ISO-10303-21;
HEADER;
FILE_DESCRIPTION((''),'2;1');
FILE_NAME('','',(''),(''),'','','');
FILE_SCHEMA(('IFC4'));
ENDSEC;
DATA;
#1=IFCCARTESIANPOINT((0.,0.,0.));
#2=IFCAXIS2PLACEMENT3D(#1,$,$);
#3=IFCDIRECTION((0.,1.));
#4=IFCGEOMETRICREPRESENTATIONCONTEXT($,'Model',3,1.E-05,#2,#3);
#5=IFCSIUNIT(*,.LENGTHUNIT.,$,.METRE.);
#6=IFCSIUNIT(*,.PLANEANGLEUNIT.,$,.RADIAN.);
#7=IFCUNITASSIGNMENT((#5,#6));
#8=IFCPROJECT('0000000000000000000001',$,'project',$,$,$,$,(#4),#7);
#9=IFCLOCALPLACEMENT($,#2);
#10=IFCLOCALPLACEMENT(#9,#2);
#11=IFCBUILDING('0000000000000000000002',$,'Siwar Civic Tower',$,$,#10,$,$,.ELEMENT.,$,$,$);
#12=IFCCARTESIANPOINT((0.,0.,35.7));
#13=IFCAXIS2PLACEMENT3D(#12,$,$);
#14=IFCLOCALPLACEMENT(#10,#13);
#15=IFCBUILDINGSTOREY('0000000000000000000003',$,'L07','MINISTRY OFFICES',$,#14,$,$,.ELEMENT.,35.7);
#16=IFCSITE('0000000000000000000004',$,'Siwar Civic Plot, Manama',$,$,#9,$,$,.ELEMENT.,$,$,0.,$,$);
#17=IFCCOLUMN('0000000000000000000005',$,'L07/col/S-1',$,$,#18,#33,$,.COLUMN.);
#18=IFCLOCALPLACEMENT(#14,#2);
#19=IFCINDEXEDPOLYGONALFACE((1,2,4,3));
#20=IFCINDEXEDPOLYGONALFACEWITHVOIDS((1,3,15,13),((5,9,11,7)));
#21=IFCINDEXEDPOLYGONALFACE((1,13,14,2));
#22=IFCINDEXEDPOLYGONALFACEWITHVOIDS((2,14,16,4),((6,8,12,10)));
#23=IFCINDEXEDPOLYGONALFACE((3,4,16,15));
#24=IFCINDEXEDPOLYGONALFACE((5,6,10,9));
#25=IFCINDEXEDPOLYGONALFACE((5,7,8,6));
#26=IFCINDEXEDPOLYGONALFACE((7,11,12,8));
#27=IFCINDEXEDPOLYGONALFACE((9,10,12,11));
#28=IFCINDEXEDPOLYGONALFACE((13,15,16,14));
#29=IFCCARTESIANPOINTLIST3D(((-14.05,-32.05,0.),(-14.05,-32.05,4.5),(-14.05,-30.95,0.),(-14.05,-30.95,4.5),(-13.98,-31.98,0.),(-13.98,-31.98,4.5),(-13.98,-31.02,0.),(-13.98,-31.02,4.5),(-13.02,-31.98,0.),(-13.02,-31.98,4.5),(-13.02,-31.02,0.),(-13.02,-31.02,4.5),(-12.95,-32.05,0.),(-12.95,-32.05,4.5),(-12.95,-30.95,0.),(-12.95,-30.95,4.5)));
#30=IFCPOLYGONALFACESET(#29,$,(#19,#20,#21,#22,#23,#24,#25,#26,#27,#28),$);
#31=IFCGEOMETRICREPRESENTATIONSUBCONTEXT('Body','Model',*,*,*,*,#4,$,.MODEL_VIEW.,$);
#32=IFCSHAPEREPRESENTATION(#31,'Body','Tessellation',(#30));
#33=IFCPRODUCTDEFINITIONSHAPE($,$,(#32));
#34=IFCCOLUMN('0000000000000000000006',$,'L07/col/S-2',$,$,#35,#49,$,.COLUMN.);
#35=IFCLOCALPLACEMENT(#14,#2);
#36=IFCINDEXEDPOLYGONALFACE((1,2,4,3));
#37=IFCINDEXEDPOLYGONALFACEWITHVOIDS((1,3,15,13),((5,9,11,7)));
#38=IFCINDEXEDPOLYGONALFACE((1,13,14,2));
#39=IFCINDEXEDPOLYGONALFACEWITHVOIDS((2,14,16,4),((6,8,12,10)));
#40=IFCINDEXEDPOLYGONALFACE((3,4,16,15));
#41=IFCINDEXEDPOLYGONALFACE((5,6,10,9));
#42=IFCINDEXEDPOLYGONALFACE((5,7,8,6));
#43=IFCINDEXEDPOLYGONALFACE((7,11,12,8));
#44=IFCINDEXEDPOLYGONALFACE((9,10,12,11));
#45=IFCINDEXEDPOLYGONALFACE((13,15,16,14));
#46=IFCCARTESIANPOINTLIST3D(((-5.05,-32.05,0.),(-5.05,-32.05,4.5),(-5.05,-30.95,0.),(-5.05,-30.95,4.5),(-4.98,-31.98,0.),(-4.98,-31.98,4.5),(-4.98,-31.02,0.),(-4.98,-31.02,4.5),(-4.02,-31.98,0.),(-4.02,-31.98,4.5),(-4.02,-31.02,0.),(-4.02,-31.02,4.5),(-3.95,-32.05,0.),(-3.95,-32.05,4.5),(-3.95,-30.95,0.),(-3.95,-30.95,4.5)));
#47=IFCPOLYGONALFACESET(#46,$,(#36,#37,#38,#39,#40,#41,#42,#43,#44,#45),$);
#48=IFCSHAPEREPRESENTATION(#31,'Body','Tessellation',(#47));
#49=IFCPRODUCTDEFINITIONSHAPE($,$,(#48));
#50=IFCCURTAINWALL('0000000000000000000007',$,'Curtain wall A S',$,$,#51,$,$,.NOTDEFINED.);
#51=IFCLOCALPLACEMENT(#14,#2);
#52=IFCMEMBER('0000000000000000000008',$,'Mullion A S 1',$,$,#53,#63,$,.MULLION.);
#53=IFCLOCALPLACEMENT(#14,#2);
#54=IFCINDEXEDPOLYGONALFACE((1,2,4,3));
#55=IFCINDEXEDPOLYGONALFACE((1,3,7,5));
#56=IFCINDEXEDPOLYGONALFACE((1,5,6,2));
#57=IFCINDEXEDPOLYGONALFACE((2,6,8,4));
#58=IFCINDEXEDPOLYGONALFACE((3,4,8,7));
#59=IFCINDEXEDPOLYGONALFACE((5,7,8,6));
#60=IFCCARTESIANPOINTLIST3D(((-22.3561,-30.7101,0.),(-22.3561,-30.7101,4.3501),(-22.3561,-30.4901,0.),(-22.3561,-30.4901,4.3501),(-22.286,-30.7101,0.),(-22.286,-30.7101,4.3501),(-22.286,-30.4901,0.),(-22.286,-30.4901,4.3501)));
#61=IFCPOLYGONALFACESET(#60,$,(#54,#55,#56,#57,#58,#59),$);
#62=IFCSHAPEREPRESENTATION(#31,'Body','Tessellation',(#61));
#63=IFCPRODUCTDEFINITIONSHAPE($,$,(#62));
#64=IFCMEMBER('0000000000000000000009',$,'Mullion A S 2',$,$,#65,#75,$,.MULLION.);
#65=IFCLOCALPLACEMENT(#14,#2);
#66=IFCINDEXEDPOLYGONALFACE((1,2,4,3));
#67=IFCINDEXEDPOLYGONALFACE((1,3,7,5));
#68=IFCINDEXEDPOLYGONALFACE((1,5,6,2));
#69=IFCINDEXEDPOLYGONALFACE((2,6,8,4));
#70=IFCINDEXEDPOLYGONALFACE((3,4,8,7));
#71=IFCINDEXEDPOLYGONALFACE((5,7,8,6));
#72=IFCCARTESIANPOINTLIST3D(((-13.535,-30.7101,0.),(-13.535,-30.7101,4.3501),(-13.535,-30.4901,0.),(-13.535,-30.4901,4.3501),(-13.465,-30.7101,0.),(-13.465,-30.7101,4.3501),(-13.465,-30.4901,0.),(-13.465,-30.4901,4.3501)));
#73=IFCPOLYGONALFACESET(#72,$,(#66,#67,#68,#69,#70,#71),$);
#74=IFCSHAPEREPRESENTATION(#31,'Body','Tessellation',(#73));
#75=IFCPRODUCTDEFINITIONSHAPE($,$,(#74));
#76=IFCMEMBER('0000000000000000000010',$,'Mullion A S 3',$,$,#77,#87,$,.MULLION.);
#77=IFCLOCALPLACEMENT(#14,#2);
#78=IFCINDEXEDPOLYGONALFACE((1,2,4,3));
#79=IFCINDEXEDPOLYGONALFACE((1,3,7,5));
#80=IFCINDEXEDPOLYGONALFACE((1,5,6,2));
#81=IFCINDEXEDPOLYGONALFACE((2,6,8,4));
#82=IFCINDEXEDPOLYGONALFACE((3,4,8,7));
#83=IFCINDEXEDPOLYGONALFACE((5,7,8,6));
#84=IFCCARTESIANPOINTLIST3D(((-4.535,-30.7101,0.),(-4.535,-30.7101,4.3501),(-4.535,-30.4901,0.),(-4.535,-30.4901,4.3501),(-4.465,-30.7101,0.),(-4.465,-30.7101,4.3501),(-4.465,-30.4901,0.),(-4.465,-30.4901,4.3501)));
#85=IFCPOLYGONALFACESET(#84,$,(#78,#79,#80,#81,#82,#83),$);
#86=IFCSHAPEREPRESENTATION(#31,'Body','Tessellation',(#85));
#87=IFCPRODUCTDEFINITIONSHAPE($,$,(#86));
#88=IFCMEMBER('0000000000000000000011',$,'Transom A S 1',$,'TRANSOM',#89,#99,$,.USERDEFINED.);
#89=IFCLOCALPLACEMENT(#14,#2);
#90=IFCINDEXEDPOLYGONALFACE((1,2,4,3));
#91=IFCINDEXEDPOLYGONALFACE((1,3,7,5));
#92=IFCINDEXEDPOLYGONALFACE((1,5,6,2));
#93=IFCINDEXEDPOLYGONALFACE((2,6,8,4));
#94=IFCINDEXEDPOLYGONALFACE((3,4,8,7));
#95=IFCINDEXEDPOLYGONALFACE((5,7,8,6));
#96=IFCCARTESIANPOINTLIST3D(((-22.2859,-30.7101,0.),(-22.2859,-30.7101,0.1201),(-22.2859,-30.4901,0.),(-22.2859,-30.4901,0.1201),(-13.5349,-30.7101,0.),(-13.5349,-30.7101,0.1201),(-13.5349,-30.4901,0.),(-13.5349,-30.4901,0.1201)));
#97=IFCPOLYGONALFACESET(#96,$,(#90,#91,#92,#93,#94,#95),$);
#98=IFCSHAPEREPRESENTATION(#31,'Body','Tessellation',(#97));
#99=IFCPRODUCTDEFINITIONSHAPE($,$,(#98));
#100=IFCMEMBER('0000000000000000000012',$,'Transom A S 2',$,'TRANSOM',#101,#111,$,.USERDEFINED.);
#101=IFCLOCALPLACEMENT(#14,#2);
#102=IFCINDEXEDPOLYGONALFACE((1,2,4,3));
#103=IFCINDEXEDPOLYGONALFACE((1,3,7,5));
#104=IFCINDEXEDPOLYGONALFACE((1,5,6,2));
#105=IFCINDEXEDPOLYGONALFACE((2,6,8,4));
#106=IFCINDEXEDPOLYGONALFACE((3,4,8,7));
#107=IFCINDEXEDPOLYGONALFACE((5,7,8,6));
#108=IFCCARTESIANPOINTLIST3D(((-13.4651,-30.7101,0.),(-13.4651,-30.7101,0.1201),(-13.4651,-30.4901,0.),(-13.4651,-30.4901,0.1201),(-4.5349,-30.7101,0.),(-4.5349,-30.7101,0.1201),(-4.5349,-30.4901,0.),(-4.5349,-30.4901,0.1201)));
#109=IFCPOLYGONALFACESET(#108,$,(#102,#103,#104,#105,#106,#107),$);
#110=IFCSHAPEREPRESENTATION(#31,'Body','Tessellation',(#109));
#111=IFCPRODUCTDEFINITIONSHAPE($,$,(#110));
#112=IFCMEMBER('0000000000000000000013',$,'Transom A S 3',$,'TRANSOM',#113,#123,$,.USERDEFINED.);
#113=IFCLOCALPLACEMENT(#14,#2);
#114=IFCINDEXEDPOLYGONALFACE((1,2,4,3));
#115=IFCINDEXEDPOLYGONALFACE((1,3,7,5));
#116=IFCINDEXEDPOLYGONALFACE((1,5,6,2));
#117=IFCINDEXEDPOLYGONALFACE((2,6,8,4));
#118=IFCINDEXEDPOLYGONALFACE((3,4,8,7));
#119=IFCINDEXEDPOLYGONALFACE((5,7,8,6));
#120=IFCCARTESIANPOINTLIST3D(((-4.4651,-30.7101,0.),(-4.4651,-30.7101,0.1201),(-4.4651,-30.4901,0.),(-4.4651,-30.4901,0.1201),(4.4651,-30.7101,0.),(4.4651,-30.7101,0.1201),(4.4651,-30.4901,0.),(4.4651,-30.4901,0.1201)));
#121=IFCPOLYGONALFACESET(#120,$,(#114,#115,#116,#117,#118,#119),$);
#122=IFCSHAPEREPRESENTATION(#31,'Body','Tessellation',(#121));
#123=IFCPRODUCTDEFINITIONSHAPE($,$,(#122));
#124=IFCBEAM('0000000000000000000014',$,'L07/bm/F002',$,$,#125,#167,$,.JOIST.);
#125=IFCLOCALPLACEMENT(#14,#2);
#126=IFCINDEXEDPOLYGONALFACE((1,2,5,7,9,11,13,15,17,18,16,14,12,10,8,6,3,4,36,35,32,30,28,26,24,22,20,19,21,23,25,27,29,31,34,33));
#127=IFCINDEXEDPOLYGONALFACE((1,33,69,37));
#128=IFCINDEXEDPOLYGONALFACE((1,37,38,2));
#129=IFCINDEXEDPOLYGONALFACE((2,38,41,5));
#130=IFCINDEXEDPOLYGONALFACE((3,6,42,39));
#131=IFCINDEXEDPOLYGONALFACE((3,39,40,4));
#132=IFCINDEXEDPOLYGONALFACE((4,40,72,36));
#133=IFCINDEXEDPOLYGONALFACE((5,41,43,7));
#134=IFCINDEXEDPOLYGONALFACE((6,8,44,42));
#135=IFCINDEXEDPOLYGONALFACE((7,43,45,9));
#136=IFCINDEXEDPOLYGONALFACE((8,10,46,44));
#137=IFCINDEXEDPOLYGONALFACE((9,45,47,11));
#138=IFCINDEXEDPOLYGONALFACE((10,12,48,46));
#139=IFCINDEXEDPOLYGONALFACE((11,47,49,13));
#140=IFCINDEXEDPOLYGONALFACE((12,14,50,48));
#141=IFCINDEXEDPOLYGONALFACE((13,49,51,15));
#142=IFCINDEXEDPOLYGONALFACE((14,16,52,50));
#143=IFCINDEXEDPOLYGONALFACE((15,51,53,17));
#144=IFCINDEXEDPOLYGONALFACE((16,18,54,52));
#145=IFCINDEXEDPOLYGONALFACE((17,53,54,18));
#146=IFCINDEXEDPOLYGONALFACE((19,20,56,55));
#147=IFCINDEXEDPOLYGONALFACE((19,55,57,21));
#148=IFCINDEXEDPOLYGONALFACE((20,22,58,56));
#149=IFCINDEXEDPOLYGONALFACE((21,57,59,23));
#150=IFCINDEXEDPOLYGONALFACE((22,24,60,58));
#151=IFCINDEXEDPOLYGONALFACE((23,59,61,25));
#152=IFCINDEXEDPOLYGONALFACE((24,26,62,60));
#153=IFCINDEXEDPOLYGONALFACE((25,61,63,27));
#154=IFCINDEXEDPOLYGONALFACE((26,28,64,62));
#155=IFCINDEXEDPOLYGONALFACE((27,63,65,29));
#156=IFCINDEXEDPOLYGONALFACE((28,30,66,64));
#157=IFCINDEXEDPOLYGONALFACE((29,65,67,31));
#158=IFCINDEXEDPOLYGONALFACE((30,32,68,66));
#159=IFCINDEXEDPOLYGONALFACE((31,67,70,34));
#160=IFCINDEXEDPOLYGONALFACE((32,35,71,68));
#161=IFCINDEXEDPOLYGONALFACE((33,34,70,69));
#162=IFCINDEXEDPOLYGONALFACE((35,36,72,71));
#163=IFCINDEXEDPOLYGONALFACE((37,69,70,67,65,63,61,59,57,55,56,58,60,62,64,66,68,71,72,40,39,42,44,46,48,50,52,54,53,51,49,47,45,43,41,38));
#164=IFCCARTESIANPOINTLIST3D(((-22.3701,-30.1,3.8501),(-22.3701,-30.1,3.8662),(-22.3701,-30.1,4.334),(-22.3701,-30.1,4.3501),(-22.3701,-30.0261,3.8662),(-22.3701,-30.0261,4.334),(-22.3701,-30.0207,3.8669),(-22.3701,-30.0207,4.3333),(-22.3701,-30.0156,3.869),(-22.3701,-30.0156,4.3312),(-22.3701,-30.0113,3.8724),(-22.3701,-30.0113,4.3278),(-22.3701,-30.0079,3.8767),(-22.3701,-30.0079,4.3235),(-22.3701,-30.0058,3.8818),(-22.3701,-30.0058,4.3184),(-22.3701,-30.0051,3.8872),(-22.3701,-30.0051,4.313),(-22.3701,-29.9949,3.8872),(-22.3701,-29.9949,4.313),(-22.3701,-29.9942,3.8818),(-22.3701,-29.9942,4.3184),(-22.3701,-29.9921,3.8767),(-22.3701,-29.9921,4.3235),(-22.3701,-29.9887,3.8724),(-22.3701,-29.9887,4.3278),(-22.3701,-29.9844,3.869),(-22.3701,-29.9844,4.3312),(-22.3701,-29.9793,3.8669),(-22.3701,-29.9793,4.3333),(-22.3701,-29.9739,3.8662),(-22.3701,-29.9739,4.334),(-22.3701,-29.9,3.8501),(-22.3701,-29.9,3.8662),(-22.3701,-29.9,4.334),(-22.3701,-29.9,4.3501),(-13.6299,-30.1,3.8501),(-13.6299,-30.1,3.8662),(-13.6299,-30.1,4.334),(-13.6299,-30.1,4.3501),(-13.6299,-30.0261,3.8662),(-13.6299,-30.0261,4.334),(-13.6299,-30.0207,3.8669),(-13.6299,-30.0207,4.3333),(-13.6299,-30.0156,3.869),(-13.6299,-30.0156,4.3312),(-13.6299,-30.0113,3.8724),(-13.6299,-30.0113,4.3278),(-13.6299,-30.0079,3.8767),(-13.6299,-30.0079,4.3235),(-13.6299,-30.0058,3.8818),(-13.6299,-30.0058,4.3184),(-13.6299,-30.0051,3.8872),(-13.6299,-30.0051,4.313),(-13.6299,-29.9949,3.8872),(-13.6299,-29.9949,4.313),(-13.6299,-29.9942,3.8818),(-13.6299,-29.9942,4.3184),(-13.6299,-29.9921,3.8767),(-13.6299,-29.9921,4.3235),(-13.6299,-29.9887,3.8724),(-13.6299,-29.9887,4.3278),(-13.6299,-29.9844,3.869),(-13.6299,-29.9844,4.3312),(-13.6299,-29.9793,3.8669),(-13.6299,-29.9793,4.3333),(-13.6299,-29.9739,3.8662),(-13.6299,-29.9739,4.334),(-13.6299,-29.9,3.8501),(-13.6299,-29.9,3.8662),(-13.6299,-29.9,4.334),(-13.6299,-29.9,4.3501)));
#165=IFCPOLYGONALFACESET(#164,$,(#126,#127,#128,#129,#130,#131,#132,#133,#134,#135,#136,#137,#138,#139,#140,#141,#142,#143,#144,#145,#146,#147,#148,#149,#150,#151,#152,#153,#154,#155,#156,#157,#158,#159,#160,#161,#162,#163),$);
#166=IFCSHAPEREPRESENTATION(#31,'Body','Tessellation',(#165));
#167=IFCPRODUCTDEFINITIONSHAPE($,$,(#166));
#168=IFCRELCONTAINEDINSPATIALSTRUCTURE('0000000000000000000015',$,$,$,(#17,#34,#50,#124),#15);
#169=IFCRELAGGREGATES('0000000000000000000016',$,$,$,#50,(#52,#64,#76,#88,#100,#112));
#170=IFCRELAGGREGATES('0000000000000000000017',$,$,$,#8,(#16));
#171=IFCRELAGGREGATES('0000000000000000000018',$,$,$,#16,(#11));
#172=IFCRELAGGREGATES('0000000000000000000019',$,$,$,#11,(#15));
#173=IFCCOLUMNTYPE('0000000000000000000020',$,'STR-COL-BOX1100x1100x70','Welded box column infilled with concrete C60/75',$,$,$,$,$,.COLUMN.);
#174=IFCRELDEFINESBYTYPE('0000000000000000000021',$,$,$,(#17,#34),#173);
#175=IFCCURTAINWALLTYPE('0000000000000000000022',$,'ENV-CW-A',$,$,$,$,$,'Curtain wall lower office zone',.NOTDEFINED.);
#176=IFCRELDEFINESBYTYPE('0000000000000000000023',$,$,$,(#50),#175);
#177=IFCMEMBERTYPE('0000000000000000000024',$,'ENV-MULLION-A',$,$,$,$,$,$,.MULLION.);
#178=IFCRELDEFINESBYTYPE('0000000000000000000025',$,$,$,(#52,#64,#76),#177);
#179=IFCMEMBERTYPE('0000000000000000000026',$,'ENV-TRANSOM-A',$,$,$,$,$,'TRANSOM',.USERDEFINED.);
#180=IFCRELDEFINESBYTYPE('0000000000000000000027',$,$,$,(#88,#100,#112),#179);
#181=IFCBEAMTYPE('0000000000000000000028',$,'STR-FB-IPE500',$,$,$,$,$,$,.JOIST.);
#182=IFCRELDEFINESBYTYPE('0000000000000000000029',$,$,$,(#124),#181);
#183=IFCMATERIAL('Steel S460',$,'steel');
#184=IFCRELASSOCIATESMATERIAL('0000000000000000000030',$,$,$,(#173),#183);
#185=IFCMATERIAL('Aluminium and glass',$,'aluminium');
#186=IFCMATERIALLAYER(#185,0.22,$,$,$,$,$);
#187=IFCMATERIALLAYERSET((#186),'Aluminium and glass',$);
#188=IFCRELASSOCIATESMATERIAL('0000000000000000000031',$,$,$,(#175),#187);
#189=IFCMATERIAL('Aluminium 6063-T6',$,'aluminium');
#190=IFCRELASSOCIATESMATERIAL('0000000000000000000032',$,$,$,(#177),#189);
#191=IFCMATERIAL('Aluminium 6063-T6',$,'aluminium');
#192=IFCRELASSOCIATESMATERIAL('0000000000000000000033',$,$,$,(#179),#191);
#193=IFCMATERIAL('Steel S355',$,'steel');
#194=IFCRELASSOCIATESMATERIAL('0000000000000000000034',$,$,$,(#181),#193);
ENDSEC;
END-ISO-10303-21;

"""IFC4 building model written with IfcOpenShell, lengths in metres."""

from ifc_helpers import new_model, si_unit, direction, frame, origin, origin_2d, place, context, subcontext, project, spatial, rectangle, hollow_rectangle, i_section, extrude, material, layer, layer_set, material_profile, profile_set, type_object, element, aggregate, save


model = new_model("IFC4")

# Units and contexts
model_context = context("Model", 3, precision=1e-05, world=origin(), true_north=direction((0.0, 1.0)))
body_context = subcontext(model_context, "Body", "Model", "MODEL_VIEW")
ifc_project = project(units=[si_unit("LENGTHUNIT", "METRE"), si_unit("PLANEANGLEUNIT", "RADIAN")], contexts=[model_context])

# Site, building, storey
site_placement = place(None, origin())
site = spatial("IfcSite", under=ifc_project, at=site_placement, Name="Siwar Civic Plot, Manama", CompositionType="ELEMENT", RefElevation=0.0)
building_placement = place(site_placement, origin())
building = spatial("IfcBuilding", under=site, at=building_placement, Name="Siwar Civic Tower", CompositionType="ELEMENT")
storey_placement = place(building_placement, frame((0.0, 0.0, 35.7)))
storey = spatial("IfcBuildingStorey", under=building, at=storey_placement, Name="L07", Description="MINISTRY OFFICES", CompositionType="ELEMENT", Elevation=35.7)

# Columns
ifc_material_1 = material(Name="Steel S460", Category="steel")
ifc_material_profile_1 = material_profile(ifc_material_1, hollow_rectangle(XDim=1.1001, YDim=1.1001, WallThickness=0.0701, at=origin_2d()), Name="BOX1100x1100x70")
ifc_profile_set_1 = profile_set([ifc_material_profile_1], Name="Steel S460")
column_type = type_object("IfcColumnType", Name="STR-COL-BOX1100x1100x70", Description="Welded box column infilled with concrete C60/75", PredefinedType="COLUMN", material=ifc_profile_set_1)
for number, where, z_axis, x_axis, name in (
    (1, (-13.5, -31.5, 0.0), (0.0, 0.0, 1.0), (1.0, 0.0, 0.0), "L07/col/S-1"),
    (2, (-4.5, -31.5, 0.0), (0.0, 0.0, 1.0), (1.0, 0.0, 0.0), "L07/col/S-2"),
):
    element("IfcColumn", number, at=place(storey_placement, frame(where, z_axis=z_axis, x_axis=x_axis)), inside=storey, type_object=column_type, Name=name, PredefinedType="COLUMN", context=body_context, shape_type="SweptSolid", body=[
        extrude(hollow_rectangle(XDim=1.1001, YDim=1.1001, WallThickness=0.0701, at=origin_2d()), origin(), (0.0, 0.0, 1.0), 4.5),
    ])

# Curtain wall, members
ifc_material_2 = material(Name="Aluminium and glass", Category="aluminium")
ifc_layer_1 = layer(ifc_material_2, 0.22)
ifc_layer_set_1 = layer_set([ifc_layer_1], Name="Aluminium and glass")
curtain_wall_type = type_object("IfcCurtainWallType", Name="ENV-CW-A", ElementType="Curtain wall lower office zone", PredefinedType="NOTDEFINED", material=ifc_layer_set_1)
curtain_wall_placement = place(storey_placement, origin())
curtain_wall = element("IfcCurtainWall", 3, at=curtain_wall_placement, inside=storey, type_object=curtain_wall_type, Name="Curtain wall A S", PredefinedType="NOTDEFINED")
ifc_material_3 = material(Name="Aluminium 6063-T6", Category="aluminium")
ifc_material_profile_2 = material_profile(ifc_material_3, rectangle(XDim=0.22, YDim=0.0701, at=origin_2d()), Name="AL 220x70")
ifc_profile_set_2 = profile_set([ifc_material_profile_2], Name="Aluminium 6063-T6")
member_type_1 = type_object("IfcMemberType", Name="ENV-MULLION-A", PredefinedType="MULLION", material=ifc_profile_set_2)
member_1_placement = place(storey_placement, frame((-22.321, -30.6001, 0.0), z_axis=(0.0, 0.0, 1.0), x_axis=(0.0, 1.0, 0.0)))
member_1 = element("IfcMember", 4, at=member_1_placement, type_object=member_type_1, Name="Mullion A S 1", PredefinedType="MULLION", context=body_context, shape_type="SweptSolid", body=[
    extrude(rectangle(XDim=0.22, YDim=0.0701, at=origin_2d()), origin(), (0.0, 0.0, 1.0), 4.3501),
])
member_2_placement = place(storey_placement, frame((-13.5, -30.6001, 0.0), z_axis=(0.0, 0.0, 1.0), x_axis=(0.0, 1.0, 0.0)))
member_2 = element("IfcMember", 5, at=member_2_placement, type_object=member_type_1, Name="Mullion A S 2", PredefinedType="MULLION", context=body_context, shape_type="SweptSolid", body=[
    extrude(rectangle(XDim=0.22, YDim=0.0701, at=origin_2d()), origin(), (0.0, 0.0, 1.0), 4.3501),
])
member_3_placement = place(storey_placement, frame((-4.5, -30.6001, 0.0), z_axis=(0.0, 0.0, 1.0), x_axis=(0.0, 1.0, 0.0)))
member_3 = element("IfcMember", 6, at=member_3_placement, type_object=member_type_1, Name="Mullion A S 3", PredefinedType="MULLION", context=body_context, shape_type="SweptSolid", body=[
    extrude(rectangle(XDim=0.22, YDim=0.0701, at=origin_2d()), origin(), (0.0, 0.0, 1.0), 4.3501),
])
ifc_material_4 = material(Name="Aluminium 6063-T6", Category="aluminium")
ifc_material_profile_3 = material_profile(ifc_material_4, rectangle(XDim=0.22, YDim=0.1201, at=origin_2d()), Name="AL 220x120")
ifc_profile_set_3 = profile_set([ifc_material_profile_3], Name="Aluminium 6063-T6")
member_type_2 = type_object("IfcMemberType", Name="ENV-TRANSOM-A", ElementType="TRANSOM", PredefinedType="USERDEFINED", material=ifc_profile_set_3)
member_4_placement = place(storey_placement, frame((-22.2859, -30.6001, 0.0601), z_axis=(1.0, 0.0, 0.0), x_axis=(0.0, 1.0, 0.0)))
member_4 = element("IfcMember", 7, at=member_4_placement, type_object=member_type_2, Name="Transom A S 1", ObjectType="TRANSOM", PredefinedType="USERDEFINED", context=body_context, shape_type="SweptSolid", body=[
    extrude(rectangle(XDim=0.22, YDim=0.1201, at=origin_2d()), origin(), (0.0, 0.0, 1.0), 8.751),
])
member_5_placement = place(storey_placement, frame((-13.4651, -30.6001, 0.0601), z_axis=(1.0, 0.0, 0.0), x_axis=(0.0, 1.0, 0.0)))
member_5 = element("IfcMember", 8, at=member_5_placement, type_object=member_type_2, Name="Transom A S 2", ObjectType="TRANSOM", PredefinedType="USERDEFINED", context=body_context, shape_type="SweptSolid", body=[
    extrude(rectangle(XDim=0.22, YDim=0.1201, at=origin_2d()), origin(), (0.0, 0.0, 1.0), 8.9302),
])
member_6_placement = place(storey_placement, frame((-4.4651, -30.6001, 0.0601), z_axis=(1.0, 0.0, 0.0), x_axis=(0.0, 1.0, 0.0)))
member_6 = element("IfcMember", 9, at=member_6_placement, type_object=member_type_2, Name="Transom A S 3", ObjectType="TRANSOM", PredefinedType="USERDEFINED", context=body_context, shape_type="SweptSolid", body=[
    extrude(rectangle(XDim=0.22, YDim=0.1201, at=origin_2d()), origin(), (0.0, 0.0, 1.0), 8.9302),
])

# Beam
ifc_material_5 = material(Name="Steel S355", Category="steel")
ifc_material_profile_4 = material_profile(ifc_material_5, i_section(OverallWidth=0.2, OverallDepth=0.5, WebThickness=0.0103, FlangeThickness=0.0161, FilletRadius=0.021, at=origin_2d()), Name="IPE500")
ifc_profile_set_4 = profile_set([ifc_material_profile_4], Name="Steel S355")
beam_type_1 = type_object("IfcBeamType", Name="STR-FB-IPE500", PredefinedType="JOIST", material=ifc_profile_set_4)
for number, where, z_axis, x_axis, name in (
    (10, (-22.3701, -30.0, 4.1001), (1.0, 0.0, 0.0), (0.0, 1.0, 0.0), "L07/bm/F002"),
):
    element("IfcBeam", number, at=place(storey_placement, frame(where, z_axis=z_axis, x_axis=x_axis)), inside=storey, type_object=beam_type_1, Name=name, PredefinedType="JOIST", context=body_context, shape_type="SweptSolid", body=[
        extrude(i_section(OverallWidth=0.2, OverallDepth=0.5, WebThickness=0.0103, FlangeThickness=0.0161, FilletRadius=0.021, at=origin_2d()), origin(), (0.0, 0.0, 1.0), 8.7402),
    ])

aggregate(curtain_wall, [member_1, member_2, member_3, member_4, member_5, member_6])

save(model, "model.ifc")
